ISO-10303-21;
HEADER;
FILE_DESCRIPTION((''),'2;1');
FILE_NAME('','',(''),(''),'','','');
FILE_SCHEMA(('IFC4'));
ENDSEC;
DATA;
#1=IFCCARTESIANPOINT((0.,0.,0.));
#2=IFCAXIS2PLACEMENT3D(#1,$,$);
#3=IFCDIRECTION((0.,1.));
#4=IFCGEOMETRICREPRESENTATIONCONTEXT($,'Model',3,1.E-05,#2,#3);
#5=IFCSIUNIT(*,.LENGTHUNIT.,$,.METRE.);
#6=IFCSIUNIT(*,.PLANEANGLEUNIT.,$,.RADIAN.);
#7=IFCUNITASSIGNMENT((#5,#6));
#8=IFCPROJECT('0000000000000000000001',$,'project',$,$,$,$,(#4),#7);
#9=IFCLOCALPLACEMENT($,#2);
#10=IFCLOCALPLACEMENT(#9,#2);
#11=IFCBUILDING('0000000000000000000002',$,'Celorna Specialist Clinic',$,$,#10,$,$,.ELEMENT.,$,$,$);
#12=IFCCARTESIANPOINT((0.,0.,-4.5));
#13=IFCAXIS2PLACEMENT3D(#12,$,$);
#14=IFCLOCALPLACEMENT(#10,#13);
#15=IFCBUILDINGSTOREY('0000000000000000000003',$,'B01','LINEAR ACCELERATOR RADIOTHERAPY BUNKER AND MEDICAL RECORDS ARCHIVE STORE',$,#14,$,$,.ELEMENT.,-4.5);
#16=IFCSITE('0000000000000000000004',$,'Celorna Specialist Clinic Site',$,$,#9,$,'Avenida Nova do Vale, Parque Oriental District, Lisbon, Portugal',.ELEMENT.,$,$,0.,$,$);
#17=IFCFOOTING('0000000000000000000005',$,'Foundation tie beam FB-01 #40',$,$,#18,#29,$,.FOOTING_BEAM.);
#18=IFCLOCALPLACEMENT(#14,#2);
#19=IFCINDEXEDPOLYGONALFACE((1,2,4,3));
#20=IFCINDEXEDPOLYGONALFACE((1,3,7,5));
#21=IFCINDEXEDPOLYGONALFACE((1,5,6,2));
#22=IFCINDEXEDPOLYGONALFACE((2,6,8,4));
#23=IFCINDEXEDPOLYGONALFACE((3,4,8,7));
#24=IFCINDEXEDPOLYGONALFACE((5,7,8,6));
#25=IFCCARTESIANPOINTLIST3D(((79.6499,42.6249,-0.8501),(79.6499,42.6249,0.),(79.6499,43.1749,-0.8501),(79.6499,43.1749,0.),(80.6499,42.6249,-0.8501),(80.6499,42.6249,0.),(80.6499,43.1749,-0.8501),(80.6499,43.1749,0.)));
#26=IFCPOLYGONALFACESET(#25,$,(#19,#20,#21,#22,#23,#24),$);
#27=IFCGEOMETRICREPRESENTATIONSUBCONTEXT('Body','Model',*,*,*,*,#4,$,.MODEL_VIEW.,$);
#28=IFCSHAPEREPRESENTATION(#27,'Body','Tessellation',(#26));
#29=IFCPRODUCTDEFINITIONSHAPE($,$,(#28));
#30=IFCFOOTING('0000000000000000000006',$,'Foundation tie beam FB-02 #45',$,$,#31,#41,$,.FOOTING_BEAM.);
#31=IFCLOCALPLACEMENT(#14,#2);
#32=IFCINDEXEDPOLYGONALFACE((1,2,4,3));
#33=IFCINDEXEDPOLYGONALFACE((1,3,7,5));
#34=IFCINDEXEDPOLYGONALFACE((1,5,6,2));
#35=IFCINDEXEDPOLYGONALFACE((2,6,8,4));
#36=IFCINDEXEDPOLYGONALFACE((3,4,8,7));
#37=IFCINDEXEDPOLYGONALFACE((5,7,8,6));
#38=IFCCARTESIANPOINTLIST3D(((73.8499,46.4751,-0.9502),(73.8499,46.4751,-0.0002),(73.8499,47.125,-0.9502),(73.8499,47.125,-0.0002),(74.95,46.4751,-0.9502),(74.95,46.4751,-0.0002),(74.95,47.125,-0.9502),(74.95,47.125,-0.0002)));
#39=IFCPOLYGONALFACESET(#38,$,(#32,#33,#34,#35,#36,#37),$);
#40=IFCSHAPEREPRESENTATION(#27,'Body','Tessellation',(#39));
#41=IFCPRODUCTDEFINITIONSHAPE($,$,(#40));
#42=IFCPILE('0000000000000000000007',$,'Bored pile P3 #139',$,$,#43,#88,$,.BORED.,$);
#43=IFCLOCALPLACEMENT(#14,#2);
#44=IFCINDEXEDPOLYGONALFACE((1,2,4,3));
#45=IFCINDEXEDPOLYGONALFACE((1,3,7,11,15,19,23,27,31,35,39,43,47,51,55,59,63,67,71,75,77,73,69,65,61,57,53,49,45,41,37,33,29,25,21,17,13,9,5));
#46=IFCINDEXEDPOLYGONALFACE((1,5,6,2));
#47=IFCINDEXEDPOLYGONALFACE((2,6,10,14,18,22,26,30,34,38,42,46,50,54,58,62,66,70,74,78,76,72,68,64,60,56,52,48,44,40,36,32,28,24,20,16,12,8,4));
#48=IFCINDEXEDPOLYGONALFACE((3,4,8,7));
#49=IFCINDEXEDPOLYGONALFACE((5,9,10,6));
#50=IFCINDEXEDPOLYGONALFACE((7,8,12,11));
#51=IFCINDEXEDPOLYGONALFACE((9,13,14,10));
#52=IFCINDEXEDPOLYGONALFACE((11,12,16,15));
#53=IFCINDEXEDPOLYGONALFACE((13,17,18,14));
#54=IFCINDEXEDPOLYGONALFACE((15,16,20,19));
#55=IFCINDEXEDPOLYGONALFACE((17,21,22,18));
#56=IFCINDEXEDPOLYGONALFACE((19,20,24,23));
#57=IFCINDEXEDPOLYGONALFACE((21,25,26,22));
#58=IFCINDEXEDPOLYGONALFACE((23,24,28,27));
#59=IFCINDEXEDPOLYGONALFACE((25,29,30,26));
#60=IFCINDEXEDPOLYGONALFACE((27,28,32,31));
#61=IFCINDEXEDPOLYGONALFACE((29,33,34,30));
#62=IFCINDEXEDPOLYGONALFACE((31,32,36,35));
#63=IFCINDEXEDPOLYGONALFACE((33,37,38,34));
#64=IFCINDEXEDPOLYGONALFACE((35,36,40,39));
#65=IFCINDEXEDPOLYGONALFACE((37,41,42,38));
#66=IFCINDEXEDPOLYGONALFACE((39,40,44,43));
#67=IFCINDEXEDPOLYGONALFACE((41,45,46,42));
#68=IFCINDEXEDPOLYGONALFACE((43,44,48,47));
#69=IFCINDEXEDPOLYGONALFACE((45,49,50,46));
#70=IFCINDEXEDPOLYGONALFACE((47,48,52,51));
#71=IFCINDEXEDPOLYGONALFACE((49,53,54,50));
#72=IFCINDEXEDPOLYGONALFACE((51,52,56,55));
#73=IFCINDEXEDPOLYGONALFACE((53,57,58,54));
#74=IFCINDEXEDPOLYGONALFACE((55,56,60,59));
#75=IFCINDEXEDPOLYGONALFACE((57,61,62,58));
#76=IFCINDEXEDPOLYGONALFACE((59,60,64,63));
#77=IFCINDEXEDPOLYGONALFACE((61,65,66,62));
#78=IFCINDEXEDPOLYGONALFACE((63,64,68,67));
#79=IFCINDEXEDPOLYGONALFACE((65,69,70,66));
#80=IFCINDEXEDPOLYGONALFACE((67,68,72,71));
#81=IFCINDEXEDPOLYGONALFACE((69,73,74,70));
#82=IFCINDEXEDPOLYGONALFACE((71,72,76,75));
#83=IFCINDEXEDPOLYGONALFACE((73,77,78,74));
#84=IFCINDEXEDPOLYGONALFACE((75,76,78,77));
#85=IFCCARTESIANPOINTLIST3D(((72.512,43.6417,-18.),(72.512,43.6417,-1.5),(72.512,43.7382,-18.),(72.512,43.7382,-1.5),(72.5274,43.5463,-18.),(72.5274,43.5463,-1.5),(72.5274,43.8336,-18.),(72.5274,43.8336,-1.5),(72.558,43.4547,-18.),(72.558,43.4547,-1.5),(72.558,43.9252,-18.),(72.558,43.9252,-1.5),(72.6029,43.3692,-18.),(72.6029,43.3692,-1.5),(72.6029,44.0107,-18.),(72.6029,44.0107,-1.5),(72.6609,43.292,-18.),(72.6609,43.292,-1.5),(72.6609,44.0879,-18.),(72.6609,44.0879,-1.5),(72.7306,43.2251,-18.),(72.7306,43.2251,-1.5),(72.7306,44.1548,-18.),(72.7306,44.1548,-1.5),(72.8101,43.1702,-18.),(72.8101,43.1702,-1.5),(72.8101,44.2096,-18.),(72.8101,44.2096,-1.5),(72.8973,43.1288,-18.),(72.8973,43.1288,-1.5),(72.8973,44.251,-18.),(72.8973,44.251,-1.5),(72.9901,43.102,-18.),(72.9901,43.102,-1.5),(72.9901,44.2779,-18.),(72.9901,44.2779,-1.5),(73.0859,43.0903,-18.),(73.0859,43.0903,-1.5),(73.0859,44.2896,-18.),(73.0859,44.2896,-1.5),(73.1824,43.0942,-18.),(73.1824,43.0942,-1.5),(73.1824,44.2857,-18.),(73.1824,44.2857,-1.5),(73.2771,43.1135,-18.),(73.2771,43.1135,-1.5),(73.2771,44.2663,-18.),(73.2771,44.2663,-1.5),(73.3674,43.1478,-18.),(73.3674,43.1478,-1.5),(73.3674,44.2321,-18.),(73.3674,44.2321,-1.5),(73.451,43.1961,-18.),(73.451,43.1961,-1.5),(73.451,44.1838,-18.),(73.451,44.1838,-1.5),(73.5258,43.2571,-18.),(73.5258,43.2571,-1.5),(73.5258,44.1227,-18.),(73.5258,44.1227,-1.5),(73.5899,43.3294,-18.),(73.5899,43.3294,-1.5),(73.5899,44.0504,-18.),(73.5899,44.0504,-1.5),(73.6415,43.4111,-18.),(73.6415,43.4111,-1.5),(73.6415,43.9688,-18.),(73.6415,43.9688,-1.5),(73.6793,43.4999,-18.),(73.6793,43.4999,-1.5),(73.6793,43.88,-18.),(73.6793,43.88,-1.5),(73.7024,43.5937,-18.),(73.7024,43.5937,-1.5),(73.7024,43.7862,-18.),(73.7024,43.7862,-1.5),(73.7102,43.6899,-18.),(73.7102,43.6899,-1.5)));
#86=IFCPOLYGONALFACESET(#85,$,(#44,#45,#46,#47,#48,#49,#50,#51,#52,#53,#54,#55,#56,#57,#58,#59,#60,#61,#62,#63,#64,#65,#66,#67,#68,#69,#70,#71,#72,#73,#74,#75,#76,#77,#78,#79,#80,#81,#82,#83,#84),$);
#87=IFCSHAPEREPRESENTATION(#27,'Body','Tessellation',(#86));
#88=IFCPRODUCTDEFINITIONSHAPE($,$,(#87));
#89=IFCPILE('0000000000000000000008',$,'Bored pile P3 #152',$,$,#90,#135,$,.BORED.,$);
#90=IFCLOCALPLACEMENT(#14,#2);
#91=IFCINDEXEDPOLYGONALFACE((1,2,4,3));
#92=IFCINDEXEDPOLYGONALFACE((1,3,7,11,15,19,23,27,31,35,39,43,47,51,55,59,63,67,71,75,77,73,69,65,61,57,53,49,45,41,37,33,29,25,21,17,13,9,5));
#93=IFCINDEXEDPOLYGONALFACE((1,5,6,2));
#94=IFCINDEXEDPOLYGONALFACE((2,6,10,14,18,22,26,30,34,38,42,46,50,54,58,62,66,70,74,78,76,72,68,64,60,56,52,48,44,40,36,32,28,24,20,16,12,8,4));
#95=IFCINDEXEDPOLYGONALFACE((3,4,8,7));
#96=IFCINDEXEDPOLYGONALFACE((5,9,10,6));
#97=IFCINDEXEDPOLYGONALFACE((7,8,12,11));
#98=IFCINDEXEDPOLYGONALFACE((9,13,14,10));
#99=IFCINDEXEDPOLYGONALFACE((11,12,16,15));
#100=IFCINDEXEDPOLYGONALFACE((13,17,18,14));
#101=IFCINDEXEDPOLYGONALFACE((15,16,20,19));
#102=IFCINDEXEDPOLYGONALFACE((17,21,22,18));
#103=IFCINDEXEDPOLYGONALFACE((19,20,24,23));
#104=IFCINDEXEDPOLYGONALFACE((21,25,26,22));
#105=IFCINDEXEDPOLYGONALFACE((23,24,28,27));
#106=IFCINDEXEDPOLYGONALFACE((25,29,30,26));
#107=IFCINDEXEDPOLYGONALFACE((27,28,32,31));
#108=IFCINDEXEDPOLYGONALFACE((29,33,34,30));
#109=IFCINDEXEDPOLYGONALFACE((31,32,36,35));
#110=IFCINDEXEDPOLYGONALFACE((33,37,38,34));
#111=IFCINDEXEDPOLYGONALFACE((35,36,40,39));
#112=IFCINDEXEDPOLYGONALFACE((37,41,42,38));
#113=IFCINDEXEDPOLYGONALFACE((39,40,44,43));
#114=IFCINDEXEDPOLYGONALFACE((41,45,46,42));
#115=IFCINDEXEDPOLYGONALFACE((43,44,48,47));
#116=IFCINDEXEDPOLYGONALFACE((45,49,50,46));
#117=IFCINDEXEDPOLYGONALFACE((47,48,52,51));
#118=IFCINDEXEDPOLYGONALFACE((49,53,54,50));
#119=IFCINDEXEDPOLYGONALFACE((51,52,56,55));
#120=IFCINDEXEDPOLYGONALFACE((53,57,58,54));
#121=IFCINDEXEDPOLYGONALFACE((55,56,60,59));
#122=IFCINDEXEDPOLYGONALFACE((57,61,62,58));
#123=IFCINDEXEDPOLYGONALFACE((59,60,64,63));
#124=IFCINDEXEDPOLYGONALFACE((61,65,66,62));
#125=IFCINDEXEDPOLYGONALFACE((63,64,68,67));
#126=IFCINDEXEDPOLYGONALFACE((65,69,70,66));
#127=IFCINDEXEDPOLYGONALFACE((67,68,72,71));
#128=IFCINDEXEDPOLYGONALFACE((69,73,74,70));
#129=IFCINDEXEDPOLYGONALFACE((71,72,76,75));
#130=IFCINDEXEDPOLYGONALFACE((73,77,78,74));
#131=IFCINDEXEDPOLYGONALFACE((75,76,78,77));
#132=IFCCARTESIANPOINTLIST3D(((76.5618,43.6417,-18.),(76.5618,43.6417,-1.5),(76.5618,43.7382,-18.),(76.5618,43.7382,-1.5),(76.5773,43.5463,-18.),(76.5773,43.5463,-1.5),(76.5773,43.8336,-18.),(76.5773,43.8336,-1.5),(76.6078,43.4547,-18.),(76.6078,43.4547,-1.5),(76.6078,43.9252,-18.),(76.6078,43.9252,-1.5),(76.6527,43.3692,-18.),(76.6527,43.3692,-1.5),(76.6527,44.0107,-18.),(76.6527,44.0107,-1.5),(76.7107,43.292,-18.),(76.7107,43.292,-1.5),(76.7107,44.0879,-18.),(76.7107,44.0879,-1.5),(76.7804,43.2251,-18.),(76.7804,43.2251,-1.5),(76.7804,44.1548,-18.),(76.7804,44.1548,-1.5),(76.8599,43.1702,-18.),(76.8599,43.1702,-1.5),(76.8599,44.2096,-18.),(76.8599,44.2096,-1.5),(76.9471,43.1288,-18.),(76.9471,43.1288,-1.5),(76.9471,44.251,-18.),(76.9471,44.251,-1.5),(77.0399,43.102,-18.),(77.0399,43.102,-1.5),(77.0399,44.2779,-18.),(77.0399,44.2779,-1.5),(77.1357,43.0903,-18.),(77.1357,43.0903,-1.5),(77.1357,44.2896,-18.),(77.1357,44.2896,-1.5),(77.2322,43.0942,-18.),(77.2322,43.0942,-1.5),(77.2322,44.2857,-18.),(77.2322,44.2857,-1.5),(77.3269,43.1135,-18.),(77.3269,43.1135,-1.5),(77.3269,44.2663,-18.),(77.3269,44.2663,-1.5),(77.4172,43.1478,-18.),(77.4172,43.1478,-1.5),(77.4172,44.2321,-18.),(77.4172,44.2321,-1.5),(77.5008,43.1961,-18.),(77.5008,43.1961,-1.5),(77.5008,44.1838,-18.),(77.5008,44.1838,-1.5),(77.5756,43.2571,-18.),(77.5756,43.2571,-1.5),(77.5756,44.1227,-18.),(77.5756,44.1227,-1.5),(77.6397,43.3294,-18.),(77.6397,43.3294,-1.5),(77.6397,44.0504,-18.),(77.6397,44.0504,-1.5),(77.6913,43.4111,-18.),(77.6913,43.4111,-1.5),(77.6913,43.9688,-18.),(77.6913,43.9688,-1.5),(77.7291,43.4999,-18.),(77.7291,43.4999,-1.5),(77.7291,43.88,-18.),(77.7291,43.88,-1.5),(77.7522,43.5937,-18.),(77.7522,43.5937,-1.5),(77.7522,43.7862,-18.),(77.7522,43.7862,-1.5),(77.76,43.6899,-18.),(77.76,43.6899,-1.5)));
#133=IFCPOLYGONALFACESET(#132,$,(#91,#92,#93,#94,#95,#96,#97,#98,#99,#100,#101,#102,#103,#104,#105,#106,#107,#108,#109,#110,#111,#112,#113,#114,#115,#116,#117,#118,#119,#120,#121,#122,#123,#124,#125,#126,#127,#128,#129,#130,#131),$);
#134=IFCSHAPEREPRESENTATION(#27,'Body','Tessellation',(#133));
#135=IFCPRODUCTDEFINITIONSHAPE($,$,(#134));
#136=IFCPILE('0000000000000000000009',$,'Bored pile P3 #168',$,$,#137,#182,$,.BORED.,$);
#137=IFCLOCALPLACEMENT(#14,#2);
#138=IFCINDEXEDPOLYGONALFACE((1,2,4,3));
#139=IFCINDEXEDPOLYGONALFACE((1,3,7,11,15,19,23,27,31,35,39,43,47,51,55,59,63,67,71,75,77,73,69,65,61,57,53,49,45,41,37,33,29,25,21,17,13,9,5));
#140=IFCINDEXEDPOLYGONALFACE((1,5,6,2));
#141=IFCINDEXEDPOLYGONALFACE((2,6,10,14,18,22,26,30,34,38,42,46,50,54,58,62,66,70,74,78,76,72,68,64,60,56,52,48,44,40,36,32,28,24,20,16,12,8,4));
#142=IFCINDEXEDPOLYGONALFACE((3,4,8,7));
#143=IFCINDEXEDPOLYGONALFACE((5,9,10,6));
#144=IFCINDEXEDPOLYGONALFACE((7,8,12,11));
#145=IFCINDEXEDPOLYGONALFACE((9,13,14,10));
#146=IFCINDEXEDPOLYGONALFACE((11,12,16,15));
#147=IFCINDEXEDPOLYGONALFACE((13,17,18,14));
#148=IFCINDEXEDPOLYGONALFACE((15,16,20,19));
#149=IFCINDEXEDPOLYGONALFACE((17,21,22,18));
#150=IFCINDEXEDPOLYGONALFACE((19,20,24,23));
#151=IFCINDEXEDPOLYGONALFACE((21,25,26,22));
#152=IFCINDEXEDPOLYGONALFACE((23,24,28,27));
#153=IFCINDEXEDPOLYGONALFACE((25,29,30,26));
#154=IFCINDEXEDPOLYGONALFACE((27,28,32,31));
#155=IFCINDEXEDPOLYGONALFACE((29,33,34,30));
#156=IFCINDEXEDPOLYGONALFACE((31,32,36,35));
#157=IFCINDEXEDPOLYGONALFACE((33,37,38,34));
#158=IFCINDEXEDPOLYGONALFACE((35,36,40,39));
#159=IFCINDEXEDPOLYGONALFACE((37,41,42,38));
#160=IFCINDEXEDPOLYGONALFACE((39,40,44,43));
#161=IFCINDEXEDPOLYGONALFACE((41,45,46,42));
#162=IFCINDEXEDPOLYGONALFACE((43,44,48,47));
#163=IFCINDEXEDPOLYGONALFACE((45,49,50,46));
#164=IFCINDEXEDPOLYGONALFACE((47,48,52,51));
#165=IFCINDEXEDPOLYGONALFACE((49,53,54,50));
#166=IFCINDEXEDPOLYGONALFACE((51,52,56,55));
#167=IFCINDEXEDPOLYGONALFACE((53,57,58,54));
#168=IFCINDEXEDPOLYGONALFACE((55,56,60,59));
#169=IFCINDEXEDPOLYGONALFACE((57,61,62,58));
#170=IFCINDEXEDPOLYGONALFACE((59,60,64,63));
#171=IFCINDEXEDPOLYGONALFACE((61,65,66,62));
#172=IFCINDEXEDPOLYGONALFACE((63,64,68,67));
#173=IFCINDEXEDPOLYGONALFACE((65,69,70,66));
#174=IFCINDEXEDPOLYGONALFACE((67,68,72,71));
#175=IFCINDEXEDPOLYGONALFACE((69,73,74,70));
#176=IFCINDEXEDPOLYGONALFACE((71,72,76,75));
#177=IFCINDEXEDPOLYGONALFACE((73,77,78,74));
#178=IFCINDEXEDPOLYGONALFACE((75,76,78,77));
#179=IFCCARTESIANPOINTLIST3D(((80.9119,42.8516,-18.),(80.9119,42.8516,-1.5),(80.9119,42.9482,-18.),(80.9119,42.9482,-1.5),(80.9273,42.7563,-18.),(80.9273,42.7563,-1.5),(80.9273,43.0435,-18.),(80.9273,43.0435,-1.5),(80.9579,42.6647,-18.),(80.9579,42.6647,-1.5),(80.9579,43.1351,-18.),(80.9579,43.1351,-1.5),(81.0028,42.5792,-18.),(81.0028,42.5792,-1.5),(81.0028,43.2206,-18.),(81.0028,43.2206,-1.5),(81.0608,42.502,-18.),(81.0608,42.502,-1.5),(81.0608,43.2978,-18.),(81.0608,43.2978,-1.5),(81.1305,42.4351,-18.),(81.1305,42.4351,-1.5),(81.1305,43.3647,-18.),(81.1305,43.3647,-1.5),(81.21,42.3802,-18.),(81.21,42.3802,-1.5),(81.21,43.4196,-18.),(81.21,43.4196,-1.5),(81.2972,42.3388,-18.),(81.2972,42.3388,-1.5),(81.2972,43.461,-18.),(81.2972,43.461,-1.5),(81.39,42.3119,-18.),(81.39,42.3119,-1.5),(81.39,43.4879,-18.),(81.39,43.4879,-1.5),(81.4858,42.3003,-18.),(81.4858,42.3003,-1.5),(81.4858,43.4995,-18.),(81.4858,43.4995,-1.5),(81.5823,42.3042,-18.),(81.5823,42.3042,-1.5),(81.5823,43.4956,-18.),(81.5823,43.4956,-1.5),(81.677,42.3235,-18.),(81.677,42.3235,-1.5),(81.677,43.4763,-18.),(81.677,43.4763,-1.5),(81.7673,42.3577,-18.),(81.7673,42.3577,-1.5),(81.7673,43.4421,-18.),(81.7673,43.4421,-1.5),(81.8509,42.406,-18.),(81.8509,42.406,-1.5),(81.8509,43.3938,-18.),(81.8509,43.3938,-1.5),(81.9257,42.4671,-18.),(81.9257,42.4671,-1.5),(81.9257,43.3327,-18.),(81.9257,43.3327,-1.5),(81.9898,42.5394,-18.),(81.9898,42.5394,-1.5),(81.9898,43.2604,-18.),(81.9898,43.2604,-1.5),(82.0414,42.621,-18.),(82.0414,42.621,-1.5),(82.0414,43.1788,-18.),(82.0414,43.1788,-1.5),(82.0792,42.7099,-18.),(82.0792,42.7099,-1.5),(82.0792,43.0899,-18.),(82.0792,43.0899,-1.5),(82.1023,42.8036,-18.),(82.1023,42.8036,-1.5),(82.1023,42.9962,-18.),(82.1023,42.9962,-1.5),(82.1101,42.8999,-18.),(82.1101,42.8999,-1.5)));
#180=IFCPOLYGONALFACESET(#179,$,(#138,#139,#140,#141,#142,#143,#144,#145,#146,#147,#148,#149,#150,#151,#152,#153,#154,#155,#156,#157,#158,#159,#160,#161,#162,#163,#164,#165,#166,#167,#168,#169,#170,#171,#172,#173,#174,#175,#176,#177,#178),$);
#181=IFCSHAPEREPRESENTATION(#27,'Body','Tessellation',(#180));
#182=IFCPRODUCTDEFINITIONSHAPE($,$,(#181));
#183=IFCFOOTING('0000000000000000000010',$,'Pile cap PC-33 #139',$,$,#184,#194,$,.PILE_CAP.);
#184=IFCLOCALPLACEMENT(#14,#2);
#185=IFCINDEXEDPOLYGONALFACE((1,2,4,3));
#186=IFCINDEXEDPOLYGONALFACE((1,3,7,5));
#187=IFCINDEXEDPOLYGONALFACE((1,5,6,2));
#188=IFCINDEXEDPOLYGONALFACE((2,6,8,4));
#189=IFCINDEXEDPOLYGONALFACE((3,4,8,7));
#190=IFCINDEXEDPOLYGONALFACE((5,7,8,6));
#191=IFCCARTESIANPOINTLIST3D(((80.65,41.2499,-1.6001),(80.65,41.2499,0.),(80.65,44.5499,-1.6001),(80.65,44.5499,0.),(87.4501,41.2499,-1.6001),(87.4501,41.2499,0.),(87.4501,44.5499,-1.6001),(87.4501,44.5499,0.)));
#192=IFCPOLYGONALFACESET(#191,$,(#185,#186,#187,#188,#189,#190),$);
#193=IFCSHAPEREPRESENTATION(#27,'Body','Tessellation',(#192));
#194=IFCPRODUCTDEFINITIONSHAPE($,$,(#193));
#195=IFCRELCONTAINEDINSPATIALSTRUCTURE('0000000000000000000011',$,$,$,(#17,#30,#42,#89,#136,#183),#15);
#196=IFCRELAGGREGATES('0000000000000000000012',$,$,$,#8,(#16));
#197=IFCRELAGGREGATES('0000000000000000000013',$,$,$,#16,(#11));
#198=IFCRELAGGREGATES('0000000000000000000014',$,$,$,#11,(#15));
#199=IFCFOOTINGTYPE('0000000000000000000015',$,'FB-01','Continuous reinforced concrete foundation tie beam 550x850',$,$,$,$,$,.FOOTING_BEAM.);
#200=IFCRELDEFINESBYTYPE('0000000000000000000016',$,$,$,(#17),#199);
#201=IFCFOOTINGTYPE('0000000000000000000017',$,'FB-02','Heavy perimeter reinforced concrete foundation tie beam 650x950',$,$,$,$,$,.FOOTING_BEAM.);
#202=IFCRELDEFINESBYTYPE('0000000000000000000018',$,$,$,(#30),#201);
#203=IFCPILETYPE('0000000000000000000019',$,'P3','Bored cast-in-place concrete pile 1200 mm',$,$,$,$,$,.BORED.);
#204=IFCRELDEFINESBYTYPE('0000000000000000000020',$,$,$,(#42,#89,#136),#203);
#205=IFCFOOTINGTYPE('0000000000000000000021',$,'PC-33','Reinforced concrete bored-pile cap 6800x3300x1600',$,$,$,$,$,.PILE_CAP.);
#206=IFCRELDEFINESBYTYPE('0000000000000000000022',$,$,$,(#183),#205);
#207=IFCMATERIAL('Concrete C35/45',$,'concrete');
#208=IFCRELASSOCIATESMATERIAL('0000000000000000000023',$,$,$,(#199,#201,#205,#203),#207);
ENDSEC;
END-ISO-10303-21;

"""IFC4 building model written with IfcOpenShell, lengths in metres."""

from ifc_helpers import new_model, si_unit, direction, frame, origin, origin_2d, place, context, subcontext, project, spatial, rectangle, circle, extrude, material, material_profile, profile_set, type_object, element, save


model = new_model("IFC4")

# Units and contexts
model_context = context("Model", 3, precision=1e-05, world=origin(), true_north=direction((0.0, 1.0)))
body_context = subcontext(model_context, "Body", "Model", "MODEL_VIEW")
ifc_project = project(units=[si_unit("LENGTHUNIT", "METRE"), si_unit("PLANEANGLEUNIT", "RADIAN")], contexts=[model_context])

# Site, building, storey
site_placement = place(None, origin())
site = spatial("IfcSite", under=ifc_project, at=site_placement, Name="Celorna Specialist Clinic Site", LongName="Avenida Nova do Vale, Parque Oriental District, Lisbon, Portugal", CompositionType="ELEMENT", RefElevation=0.0)
building_placement = place(site_placement, origin())
building = spatial("IfcBuilding", under=site, at=building_placement, Name="Celorna Specialist Clinic", CompositionType="ELEMENT")
storey_placement = place(building_placement, frame((0.0, 0.0, -4.5)))
storey = spatial("IfcBuildingStorey", under=building, at=storey_placement, Name="B01", Description="LINEAR ACCELERATOR RADIOTHERAPY BUNKER AND MEDICAL RECORDS ARCHIVE STORE", CompositionType="ELEMENT", Elevation=-4.5)

# Footings
ifc_material_1 = material(Name="Concrete C35/45", Category="concrete")
footing_type_1 = type_object("IfcFootingType", Name="FB-01", Description="Continuous reinforced concrete foundation tie beam 550x850", PredefinedType="FOOTING_BEAM", material=ifc_material_1)
footing_1_placement = place(storey_placement, frame((80.1499, 42.8999, -0.8501), z_axis=(0.0, 0.0, 1.0), x_axis=(1.0, 0.0, 0.0)))
element("IfcFooting", 1, at=footing_1_placement, inside=storey, type_object=footing_type_1, Name="Foundation tie beam FB-01 #40", PredefinedType="FOOTING_BEAM", context=body_context, shape_type="SweptSolid", body=[
    extrude(rectangle(XDim=1.0, YDim=0.55, at=origin_2d()), origin(), (0.0, 0.0, 1.0), 0.8501),
])
footing_type_2 = type_object("IfcFootingType", Name="FB-02", Description="Heavy perimeter reinforced concrete foundation tie beam 650x950", PredefinedType="FOOTING_BEAM", material=ifc_material_1)
footing_2_placement = place(storey_placement, frame((74.3999, 46.8, -0.9502), z_axis=(0.0, 0.0, 1.0), x_axis=(1.0, 0.0, 0.0)))
element("IfcFooting", 2, at=footing_2_placement, inside=storey, type_object=footing_type_2, Name="Foundation tie beam FB-02 #45", PredefinedType="FOOTING_BEAM", context=body_context, shape_type="SweptSolid", body=[
    extrude(rectangle(XDim=1.1001, YDim=0.6499, at=origin_2d()), origin(), (0.0, 0.0, 1.0), 0.95),
])

# Piles
ifc_material_profile_1 = material_profile(ifc_material_1, circle(Radius=0.6001, at=origin_2d()), Name="BORED PILE 1200")
ifc_profile_set_1 = profile_set([ifc_material_profile_1], Name="Concrete C35/45")
pile_type = type_object("IfcPileType", Name="P3", Description="Bored cast-in-place concrete pile 1200 mm", PredefinedType="BORED", material=ifc_profile_set_1)
for number, where, z_axis, x_axis, name in (
    (3, (73.1101, 43.6899, -1.5), (0.0, 0.0, -1.0), (1.0, 0.0, 0.0), "Bored pile P3 #139"),
    (4, (77.1599, 43.6899, -1.5), (0.0, 0.0, -1.0), (1.0, 0.0, 0.0), "Bored pile P3 #152"),
    (5, (81.51, 42.8999, -1.5), (0.0, 0.0, -1.0), (1.0, 0.0, 0.0), "Bored pile P3 #168"),
):
    element("IfcPile", number, at=place(storey_placement, frame(where, z_axis=z_axis, x_axis=x_axis)), inside=storey, type_object=pile_type, Name=name, PredefinedType="BORED", context=body_context, shape_type="SweptSolid", body=[
        extrude(circle(Radius=0.6001, at=origin_2d()), origin(), (0.0, 0.0, 1.0), 16.5),
    ])

# Footing
footing_type_3 = type_object("IfcFootingType", Name="PC-33", Description="Reinforced concrete bored-pile cap 6800x3300x1600", PredefinedType="PILE_CAP", material=ifc_material_1)
footing_3_placement = place(storey_placement, frame((84.05, 42.8999, -1.6001), z_axis=(0.0, 0.0, 1.0), x_axis=(1.0, 0.0, 0.0)))
element("IfcFooting", 6, at=footing_3_placement, inside=storey, type_object=footing_type_3, Name="Pile cap PC-33 #139", PredefinedType="PILE_CAP", context=body_context, shape_type="SweptSolid", body=[
    extrude(rectangle(XDim=6.8, YDim=3.3, at=origin_2d()), origin(), (0.0, 0.0, 1.0), 1.6001),
])

save(model, "model.ifc")
